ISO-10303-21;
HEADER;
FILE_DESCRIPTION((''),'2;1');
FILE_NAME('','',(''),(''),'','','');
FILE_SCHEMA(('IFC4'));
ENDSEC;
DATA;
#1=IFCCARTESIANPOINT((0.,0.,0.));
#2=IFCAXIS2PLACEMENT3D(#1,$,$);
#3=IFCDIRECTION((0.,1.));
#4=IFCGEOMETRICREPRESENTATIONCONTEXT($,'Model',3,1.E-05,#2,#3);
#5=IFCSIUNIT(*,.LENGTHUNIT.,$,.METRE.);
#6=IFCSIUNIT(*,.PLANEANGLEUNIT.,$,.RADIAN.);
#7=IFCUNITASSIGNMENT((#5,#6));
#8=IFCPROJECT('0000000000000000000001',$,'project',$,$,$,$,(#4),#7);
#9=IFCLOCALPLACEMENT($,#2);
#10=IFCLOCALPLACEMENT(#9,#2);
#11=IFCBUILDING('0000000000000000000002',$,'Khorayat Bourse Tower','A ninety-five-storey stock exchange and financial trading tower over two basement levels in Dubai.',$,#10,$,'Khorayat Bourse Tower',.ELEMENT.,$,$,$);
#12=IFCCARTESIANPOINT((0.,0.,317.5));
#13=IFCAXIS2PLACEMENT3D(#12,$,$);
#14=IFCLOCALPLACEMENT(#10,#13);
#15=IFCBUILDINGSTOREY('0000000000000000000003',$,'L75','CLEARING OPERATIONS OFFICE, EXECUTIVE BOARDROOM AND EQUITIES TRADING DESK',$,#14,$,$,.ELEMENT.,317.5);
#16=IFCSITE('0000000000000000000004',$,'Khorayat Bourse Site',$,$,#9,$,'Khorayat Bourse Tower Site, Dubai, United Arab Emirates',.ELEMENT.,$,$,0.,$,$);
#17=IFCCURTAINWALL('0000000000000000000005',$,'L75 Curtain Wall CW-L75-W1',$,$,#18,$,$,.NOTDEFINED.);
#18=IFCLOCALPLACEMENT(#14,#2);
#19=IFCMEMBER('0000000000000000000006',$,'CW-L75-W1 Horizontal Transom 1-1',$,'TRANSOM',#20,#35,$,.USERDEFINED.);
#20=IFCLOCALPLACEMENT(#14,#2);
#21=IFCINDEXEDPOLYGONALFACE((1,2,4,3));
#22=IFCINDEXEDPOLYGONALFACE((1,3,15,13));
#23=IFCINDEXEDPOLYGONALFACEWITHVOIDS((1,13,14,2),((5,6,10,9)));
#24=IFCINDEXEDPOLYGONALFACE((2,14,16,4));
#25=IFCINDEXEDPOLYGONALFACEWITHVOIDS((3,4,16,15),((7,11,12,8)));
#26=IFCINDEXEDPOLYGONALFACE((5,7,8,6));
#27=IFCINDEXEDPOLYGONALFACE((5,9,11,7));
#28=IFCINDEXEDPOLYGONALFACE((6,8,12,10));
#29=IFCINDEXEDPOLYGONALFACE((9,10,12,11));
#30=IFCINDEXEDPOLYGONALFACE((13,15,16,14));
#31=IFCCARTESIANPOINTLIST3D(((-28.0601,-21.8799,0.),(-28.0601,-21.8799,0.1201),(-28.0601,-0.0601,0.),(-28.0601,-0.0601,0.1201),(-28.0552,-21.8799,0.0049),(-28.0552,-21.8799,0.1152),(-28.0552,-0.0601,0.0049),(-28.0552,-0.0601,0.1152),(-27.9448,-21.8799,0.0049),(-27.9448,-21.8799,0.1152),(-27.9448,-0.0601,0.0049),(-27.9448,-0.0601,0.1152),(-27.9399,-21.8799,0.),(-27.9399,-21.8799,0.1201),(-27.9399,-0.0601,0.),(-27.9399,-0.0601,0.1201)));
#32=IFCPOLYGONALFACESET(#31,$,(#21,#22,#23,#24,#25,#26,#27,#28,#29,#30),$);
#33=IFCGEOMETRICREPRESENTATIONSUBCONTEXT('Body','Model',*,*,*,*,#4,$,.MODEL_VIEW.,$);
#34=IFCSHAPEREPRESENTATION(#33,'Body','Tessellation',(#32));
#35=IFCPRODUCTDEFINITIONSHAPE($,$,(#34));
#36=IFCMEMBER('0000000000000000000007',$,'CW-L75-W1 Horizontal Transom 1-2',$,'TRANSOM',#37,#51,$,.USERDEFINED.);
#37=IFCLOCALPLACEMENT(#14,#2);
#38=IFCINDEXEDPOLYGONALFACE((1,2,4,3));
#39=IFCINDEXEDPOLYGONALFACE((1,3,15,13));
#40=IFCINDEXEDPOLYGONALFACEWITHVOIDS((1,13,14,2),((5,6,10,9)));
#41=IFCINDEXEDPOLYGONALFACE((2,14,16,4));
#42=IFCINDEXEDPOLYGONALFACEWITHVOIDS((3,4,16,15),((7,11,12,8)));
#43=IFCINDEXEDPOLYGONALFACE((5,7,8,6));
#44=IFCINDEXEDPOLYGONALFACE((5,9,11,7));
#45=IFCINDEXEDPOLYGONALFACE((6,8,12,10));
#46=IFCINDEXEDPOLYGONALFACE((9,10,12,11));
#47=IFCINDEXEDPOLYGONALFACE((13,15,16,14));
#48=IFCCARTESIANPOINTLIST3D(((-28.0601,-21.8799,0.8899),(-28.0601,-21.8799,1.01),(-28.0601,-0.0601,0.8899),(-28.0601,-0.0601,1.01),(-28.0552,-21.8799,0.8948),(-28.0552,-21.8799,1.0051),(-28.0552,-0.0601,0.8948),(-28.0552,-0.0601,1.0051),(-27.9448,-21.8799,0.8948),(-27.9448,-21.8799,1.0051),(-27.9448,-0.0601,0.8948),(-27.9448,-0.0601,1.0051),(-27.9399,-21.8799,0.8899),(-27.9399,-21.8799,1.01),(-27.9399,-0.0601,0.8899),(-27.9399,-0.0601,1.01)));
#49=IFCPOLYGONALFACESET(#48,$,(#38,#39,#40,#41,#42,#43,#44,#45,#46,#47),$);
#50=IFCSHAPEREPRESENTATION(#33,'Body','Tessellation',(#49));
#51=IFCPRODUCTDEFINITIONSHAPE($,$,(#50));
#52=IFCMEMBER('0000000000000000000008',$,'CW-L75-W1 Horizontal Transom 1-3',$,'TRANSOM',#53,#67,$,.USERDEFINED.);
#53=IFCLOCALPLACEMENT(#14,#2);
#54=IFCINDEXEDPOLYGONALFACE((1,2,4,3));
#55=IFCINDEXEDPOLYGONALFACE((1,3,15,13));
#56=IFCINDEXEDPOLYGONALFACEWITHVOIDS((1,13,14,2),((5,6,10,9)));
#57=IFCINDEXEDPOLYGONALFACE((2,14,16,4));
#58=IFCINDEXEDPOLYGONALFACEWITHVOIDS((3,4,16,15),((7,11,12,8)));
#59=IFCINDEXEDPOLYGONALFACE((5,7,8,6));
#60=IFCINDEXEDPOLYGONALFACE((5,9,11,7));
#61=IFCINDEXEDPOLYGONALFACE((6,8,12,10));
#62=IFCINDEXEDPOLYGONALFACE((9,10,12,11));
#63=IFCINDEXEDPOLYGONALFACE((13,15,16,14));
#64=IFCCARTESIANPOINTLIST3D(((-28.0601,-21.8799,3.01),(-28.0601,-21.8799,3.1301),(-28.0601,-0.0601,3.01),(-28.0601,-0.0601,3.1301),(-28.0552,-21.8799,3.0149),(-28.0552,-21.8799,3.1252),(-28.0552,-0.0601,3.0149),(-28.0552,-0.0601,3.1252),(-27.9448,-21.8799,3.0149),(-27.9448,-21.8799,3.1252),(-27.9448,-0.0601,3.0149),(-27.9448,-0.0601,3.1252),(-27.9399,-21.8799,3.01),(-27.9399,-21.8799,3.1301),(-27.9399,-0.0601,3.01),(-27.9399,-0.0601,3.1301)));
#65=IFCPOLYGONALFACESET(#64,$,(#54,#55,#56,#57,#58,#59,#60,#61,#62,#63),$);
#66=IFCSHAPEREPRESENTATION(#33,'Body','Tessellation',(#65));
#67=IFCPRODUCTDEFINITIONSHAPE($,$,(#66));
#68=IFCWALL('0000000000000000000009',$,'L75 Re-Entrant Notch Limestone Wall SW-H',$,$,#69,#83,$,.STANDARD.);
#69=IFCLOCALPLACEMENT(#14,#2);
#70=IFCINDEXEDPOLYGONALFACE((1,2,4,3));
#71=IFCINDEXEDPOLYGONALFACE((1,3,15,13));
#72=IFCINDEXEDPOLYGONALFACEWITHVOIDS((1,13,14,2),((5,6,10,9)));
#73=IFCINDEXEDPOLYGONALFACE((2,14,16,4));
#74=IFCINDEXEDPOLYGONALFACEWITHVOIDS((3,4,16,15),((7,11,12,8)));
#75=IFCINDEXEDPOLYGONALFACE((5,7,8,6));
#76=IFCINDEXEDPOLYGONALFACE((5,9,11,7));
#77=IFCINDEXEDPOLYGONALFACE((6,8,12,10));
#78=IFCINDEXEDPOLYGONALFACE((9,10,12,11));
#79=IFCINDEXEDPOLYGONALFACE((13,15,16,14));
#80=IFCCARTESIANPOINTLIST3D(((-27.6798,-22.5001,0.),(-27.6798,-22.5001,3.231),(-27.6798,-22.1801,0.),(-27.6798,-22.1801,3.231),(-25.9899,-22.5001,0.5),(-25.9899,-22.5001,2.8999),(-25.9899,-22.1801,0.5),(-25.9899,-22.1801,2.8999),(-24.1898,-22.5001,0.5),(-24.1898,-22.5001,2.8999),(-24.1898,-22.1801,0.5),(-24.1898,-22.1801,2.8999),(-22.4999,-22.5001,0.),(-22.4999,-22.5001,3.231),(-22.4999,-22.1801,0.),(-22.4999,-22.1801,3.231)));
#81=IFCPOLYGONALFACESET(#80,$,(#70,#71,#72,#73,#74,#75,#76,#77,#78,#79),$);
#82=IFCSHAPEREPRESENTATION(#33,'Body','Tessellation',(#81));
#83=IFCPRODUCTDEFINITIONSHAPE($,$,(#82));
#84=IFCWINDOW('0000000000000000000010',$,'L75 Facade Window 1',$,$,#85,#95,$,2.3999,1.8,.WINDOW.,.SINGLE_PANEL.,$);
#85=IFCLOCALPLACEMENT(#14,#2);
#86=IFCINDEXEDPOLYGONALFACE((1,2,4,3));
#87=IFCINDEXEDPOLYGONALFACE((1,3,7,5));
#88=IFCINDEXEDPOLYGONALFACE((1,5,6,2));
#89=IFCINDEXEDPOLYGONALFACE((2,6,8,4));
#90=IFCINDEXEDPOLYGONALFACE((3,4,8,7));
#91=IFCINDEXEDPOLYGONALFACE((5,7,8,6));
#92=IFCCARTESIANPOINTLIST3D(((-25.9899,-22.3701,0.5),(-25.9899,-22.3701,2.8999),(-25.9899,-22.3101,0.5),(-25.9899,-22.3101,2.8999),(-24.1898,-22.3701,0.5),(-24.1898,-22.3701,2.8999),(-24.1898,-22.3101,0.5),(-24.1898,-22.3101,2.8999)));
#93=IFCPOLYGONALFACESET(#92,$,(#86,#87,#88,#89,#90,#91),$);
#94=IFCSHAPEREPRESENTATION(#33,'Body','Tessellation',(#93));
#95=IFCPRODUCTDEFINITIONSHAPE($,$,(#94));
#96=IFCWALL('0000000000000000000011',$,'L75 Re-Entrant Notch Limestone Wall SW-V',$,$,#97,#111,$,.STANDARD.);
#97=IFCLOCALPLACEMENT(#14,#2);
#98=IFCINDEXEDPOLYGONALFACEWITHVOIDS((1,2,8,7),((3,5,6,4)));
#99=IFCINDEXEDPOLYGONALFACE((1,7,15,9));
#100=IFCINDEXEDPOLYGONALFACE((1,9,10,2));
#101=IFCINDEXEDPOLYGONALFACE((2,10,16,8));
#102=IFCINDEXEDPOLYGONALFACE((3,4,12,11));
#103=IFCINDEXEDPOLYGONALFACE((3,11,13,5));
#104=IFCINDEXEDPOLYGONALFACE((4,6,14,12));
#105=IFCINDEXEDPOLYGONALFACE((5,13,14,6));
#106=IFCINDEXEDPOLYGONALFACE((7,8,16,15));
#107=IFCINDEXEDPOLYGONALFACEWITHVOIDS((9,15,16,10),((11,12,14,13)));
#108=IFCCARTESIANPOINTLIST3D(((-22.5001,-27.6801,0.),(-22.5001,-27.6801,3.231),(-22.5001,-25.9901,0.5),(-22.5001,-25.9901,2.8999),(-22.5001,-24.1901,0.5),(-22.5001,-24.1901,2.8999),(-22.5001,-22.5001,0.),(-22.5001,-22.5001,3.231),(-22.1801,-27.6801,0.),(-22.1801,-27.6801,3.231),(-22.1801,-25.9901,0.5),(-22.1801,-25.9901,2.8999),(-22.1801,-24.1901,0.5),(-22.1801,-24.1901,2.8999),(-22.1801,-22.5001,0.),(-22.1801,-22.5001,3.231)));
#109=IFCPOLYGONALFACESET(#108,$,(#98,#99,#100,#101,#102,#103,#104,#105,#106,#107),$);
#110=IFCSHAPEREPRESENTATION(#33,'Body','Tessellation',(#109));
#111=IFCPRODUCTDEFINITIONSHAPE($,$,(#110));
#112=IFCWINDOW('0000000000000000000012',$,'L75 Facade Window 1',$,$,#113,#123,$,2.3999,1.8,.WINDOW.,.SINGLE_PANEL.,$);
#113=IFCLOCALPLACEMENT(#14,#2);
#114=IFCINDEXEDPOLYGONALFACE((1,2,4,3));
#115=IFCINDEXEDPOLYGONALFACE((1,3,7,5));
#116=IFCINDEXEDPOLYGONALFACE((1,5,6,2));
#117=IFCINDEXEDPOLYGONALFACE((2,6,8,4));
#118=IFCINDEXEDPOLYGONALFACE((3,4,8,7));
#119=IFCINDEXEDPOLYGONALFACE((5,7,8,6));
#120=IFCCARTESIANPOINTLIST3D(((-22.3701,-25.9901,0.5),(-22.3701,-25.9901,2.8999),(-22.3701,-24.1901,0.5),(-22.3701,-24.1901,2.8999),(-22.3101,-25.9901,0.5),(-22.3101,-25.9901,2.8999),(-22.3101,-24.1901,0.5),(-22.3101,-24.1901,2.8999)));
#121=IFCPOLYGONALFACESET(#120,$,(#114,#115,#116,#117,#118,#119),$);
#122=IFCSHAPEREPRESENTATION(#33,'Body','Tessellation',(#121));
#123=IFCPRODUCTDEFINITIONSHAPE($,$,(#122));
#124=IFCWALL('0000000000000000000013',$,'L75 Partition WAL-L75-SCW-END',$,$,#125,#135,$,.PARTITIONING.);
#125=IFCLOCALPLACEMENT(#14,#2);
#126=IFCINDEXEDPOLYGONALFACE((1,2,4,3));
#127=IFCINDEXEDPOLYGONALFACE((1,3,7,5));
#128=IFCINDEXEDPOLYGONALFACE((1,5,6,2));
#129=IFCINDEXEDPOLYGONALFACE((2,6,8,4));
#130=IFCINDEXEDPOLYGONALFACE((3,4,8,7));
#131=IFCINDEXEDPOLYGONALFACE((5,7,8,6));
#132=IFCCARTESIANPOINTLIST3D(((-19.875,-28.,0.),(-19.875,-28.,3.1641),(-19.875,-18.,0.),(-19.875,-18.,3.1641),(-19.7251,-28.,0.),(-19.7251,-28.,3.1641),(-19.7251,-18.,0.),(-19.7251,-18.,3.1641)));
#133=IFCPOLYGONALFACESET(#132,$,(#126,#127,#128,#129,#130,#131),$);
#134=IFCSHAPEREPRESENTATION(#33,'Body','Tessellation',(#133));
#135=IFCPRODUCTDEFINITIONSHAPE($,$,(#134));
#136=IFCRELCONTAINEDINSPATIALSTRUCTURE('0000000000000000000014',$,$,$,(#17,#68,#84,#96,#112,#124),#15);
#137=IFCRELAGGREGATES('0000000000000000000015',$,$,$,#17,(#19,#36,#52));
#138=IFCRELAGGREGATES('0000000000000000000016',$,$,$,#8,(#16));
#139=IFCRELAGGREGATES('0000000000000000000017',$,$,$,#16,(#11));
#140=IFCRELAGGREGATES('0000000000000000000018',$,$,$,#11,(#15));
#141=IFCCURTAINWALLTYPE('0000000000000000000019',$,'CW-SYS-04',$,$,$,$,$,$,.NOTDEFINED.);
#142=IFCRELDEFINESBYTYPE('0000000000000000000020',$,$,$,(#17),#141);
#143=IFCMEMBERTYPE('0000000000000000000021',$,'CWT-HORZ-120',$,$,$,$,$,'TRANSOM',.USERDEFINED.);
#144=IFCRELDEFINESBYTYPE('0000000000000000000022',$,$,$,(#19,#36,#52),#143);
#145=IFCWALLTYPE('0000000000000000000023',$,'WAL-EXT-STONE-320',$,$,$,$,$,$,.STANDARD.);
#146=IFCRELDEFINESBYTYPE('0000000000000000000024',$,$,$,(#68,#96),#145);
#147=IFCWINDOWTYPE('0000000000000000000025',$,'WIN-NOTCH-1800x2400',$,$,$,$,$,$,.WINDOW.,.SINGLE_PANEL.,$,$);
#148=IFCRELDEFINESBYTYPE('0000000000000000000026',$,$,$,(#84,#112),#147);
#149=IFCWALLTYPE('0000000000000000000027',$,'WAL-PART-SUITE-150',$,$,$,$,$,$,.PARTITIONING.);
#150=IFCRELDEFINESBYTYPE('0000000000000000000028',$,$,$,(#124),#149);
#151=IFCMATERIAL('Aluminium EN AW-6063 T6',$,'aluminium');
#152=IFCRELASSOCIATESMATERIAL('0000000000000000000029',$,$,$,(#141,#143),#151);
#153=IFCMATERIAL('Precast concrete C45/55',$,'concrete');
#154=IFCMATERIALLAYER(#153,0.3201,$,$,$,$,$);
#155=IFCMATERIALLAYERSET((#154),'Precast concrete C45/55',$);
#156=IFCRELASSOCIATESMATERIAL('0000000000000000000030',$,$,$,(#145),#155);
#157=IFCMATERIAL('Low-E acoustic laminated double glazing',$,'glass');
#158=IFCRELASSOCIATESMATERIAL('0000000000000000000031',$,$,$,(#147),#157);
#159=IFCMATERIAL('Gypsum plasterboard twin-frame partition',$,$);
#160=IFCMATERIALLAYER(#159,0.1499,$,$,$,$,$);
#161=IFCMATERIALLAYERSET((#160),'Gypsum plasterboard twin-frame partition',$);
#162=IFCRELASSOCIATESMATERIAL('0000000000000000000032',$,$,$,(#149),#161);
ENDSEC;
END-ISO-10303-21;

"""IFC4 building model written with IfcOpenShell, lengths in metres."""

from ifc_helpers import new_model, si_unit, direction, frame, frame_2d, origin, origin_2d, place, context, subcontext, project, spatial, rectangle, hollow_rectangle, extrude, source, transform, mapped, material, layer, layer_set, material_profile, profile_set, type_object, element, fill, aggregate, save


model = new_model("IFC4")

# Units and contexts
model_context = context("Model", 3, precision=1e-05, world=origin(), true_north=direction((0.0, 1.0)))
body_context = subcontext(model_context, "Body", "Model", "MODEL_VIEW")
ifc_project = project(units=[si_unit("LENGTHUNIT", "METRE"), si_unit("PLANEANGLEUNIT", "RADIAN")], contexts=[model_context])

# Site, building, storey
site_placement = place(None, origin())
site = spatial("IfcSite", under=ifc_project, at=site_placement, Name="Khorayat Bourse Site", LongName="Khorayat Bourse Tower Site, Dubai, United Arab Emirates", CompositionType="ELEMENT", RefElevation=0.0)
building_placement = place(site_placement, origin())
building = spatial("IfcBuilding", under=site, at=building_placement, Name="Khorayat Bourse Tower", Description="A ninety-five-storey stock exchange and financial trading tower over two basement levels in Dubai.", LongName="Khorayat Bourse Tower", CompositionType="ELEMENT")
storey_placement = place(building_placement, frame((0.0, 0.0, 317.5)))
storey = spatial("IfcBuildingStorey", under=building, at=storey_placement, Name="L75", Description="CLEARING OPERATIONS OFFICE, EXECUTIVE BOARDROOM AND EQUITIES TRADING DESK", CompositionType="ELEMENT", Elevation=317.5)

# Curtain wall
ifc_material_1 = material(Name="Aluminium EN AW-6063 T6", Category="aluminium")
curtain_wall_type = type_object("IfcCurtainWallType", Name="CW-SYS-04", PredefinedType="NOTDEFINED", material=ifc_material_1)
curtain_wall_1_placement = place(storey_placement, origin())
curtain_wall_1 = element("IfcCurtainWall", 1, at=curtain_wall_1_placement, inside=storey, type_object=curtain_wall_type, Name="L75 Curtain Wall CW-L75-W1", PredefinedType="NOTDEFINED")

# Members
ifc_material_profile_1 = material_profile(ifc_material_1, hollow_rectangle(XDim=0.1201, YDim=0.1201, WallThickness=0.0049, at=origin_2d()), Name="ALU 120x120x5")
ifc_profile_set_1 = profile_set([ifc_material_profile_1], Name="Aluminium EN AW-6063 T6")
member_type_1 = type_object("IfcMemberType", Name="CWT-HORZ-120", ElementType="TRANSOM", PredefinedType="USERDEFINED", material=ifc_profile_set_1)
shared_shape_1 = source(origin(), body_context, "Body", "SweptSolid", [
    extrude(hollow_rectangle(XDim=0.1201, YDim=0.1201, WallThickness=0.0049, at=origin_2d()), origin(), (0.0, 0.0, 1.0), 21.8198),
])
member_1_placement = place(storey_placement, frame((-28.0, -21.8799, 0.0601), z_axis=(0.0, 1.0, 0.0), x_axis=(-1.0, 0.0, 0.0)))
member_1 = element("IfcMember", 2, at=member_1_placement, type_object=member_type_1, Name="CW-L75-W1 Horizontal Transom 1-1", ObjectType="TRANSOM", PredefinedType="USERDEFINED", context=body_context, shape_type="MappedRepresentation", body=[
    mapped(shared_shape_1, transform((0.0, 0.0, 0.0), scale=1.0)),
])
member_2_placement = place(storey_placement, frame((-28.0, -21.8799, 0.95), z_axis=(0.0, 1.0, 0.0), x_axis=(-1.0, 0.0, 0.0)))
member_2 = element("IfcMember", 3, at=member_2_placement, type_object=member_type_1, Name="CW-L75-W1 Horizontal Transom 1-2", ObjectType="TRANSOM", PredefinedType="USERDEFINED", context=body_context, shape_type="MappedRepresentation", body=[
    mapped(shared_shape_1, transform((0.0, 0.0, 0.0), scale=1.0)),
])
member_3_placement = place(storey_placement, frame((-28.0, -21.8799, 3.0701), z_axis=(0.0, 1.0, 0.0), x_axis=(-1.0, 0.0, 0.0)))
member_3 = element("IfcMember", 4, at=member_3_placement, type_object=member_type_1, Name="CW-L75-W1 Horizontal Transom 1-3", ObjectType="TRANSOM", PredefinedType="USERDEFINED", context=body_context, shape_type="MappedRepresentation", body=[
    mapped(shared_shape_1, transform((0.0, 0.0, 0.0), scale=1.0)),
])
aggregate(curtain_wall_1, [member_1, member_2, member_3])

# Walls, openings, windows
ifc_material_2 = material(Name="Precast concrete C45/55", Category="concrete")
ifc_layer_1 = layer(ifc_material_2, 0.3201)
ifc_layer_set_1 = layer_set([ifc_layer_1], Name="Precast concrete C45/55")
wall_type_1 = type_object("IfcWallType", Name="WAL-EXT-STONE-320", PredefinedType="STANDARD", material=ifc_layer_set_1)
shared_shape_2 = source(origin(), body_context, "Body", "SweptSolid", [
    extrude(rectangle(XDim=5.1799, YDim=0.3201, at=frame_2d((2.5898, 0.0))), origin(), (0.0, 0.0, 1.0), 3.231),
])
wall_1_placement = place(storey_placement, frame((-22.5, -22.3401, 0.0), z_axis=(0.0, 0.0, 1.0), x_axis=(-1.0, 0.0, 0.0)))
wall_1 = element("IfcWall", 5, at=wall_1_placement, inside=storey, type_object=wall_type_1, Name="L75 Re-Entrant Notch Limestone Wall SW-H", PredefinedType="STANDARD", context=body_context, shape_type="MappedRepresentation", body=[
    mapped(shared_shape_2, transform((0.0, 0.0, 0.0), scale=1.0)),
])
shared_shape_3 = source(origin(), body_context, "Body", "SweptSolid", [
    extrude(rectangle(XDim=1.8, YDim=2.3999, at=frame_2d((0.8999, 1.2))), frame((0.0, 0.1699, 0.0), z_axis=(0.0, -1.0, 0.0), x_axis=(1.0, 0.0, 0.0)), (0.0, 0.0, 1.0), 0.3401),
])
opening_1_placement = place(wall_1_placement, frame((1.6899, 0.0, 0.5)))
opening_1 = element("IfcOpeningElement", 6, at=opening_1_placement, cuts=wall_1, PredefinedType="OPENING", context=body_context, shape_type="MappedRepresentation", body=[
    mapped(shared_shape_3, transform((0.0, 0.0, 0.0), scale=1.0)),
])
ifc_material_3 = material(Name="Low-E acoustic laminated double glazing", Category="glass")
window_type = type_object("IfcWindowType", Name="WIN-NOTCH-1800x2400", PartitioningType="SINGLE_PANEL", PredefinedType="WINDOW", material=ifc_material_3)
shared_shape_4 = source(origin(), body_context, "Body", "SweptSolid", [
    extrude(rectangle(XDim=1.8, YDim=2.3999, at=frame_2d((0.8999, 1.2))), frame((0.0, 0.03, 0.0), z_axis=(0.0, -1.0, 0.0), x_axis=(1.0, 0.0, 0.0)), (0.0, 0.0, 1.0), 0.0601),
])
window_1_placement = place(opening_1_placement, origin())
window_1 = element("IfcWindow", 7, at=window_1_placement, inside=storey, type_object=window_type, Name="L75 Facade Window 1", OverallHeight=2.3999, OverallWidth=1.8, PartitioningType="SINGLE_PANEL", PredefinedType="WINDOW", context=body_context, shape_type="MappedRepresentation", body=[
    mapped(shared_shape_4, transform((0.0, 0.0, 0.0), scale=1.0)),
])
fill(opening_1, window_1)
wall_2_placement = place(storey_placement, frame((-22.3401, -27.6799, 0.0), z_axis=(0.0, 0.0, 1.0), x_axis=(0.0, 1.0, 0.0)))
wall_2 = element("IfcWall", 8, at=wall_2_placement, inside=storey, type_object=wall_type_1, Name="L75 Re-Entrant Notch Limestone Wall SW-V", PredefinedType="STANDARD", context=body_context, shape_type="MappedRepresentation", body=[
    mapped(shared_shape_2, transform((0.0, 0.0, 0.0), scale=1.0)),
])
opening_2_placement = place(wall_2_placement, frame((1.6899, 0.0, 0.5)))
opening_2 = element("IfcOpeningElement", 9, at=opening_2_placement, cuts=wall_2, PredefinedType="OPENING", context=body_context, shape_type="MappedRepresentation", body=[
    mapped(shared_shape_3, transform((0.0, 0.0, 0.0), scale=1.0)),
])
window_2_placement = place(opening_2_placement, origin())
window_2 = element("IfcWindow", 10, at=window_2_placement, inside=storey, type_object=window_type, Name="L75 Facade Window 1", OverallHeight=2.3999, OverallWidth=1.8, PartitioningType="SINGLE_PANEL", PredefinedType="WINDOW", context=body_context, shape_type="MappedRepresentation", body=[
    mapped(shared_shape_4, transform((0.0, 0.0, 0.0), scale=1.0)),
])
fill(opening_2, window_2)

# Wall
ifc_material_4 = material(Name="Gypsum plasterboard twin-frame partition")
ifc_layer_2 = layer(ifc_material_4, 0.1499)
ifc_layer_set_2 = layer_set([ifc_layer_2], Name="Gypsum plasterboard twin-frame partition")
wall_type_2 = type_object("IfcWallType", Name="WAL-PART-SUITE-150", PredefinedType="PARTITIONING", material=ifc_layer_set_2)
shared_shape_5 = source(origin(), body_context, "Body", "SweptSolid", [
    extrude(rectangle(XDim=10.0, YDim=0.1499, at=frame_2d((5.0, 0.0))), origin(), (0.0, 0.0, 1.0), 3.1641),
])
wall_3_placement = place(storey_placement, frame((-19.8, -28.0, 0.0), z_axis=(0.0, 0.0, 1.0), x_axis=(0.0, 1.0, 0.0)))
element("IfcWall", 11, at=wall_3_placement, inside=storey, type_object=wall_type_2, Name="L75 Partition WAL-L75-SCW-END", PredefinedType="PARTITIONING", context=body_context, shape_type="MappedRepresentation", body=[
    mapped(shared_shape_5, transform((0.0, 0.0, 0.0), scale=1.0)),
])

save(model, "model.ifc")
